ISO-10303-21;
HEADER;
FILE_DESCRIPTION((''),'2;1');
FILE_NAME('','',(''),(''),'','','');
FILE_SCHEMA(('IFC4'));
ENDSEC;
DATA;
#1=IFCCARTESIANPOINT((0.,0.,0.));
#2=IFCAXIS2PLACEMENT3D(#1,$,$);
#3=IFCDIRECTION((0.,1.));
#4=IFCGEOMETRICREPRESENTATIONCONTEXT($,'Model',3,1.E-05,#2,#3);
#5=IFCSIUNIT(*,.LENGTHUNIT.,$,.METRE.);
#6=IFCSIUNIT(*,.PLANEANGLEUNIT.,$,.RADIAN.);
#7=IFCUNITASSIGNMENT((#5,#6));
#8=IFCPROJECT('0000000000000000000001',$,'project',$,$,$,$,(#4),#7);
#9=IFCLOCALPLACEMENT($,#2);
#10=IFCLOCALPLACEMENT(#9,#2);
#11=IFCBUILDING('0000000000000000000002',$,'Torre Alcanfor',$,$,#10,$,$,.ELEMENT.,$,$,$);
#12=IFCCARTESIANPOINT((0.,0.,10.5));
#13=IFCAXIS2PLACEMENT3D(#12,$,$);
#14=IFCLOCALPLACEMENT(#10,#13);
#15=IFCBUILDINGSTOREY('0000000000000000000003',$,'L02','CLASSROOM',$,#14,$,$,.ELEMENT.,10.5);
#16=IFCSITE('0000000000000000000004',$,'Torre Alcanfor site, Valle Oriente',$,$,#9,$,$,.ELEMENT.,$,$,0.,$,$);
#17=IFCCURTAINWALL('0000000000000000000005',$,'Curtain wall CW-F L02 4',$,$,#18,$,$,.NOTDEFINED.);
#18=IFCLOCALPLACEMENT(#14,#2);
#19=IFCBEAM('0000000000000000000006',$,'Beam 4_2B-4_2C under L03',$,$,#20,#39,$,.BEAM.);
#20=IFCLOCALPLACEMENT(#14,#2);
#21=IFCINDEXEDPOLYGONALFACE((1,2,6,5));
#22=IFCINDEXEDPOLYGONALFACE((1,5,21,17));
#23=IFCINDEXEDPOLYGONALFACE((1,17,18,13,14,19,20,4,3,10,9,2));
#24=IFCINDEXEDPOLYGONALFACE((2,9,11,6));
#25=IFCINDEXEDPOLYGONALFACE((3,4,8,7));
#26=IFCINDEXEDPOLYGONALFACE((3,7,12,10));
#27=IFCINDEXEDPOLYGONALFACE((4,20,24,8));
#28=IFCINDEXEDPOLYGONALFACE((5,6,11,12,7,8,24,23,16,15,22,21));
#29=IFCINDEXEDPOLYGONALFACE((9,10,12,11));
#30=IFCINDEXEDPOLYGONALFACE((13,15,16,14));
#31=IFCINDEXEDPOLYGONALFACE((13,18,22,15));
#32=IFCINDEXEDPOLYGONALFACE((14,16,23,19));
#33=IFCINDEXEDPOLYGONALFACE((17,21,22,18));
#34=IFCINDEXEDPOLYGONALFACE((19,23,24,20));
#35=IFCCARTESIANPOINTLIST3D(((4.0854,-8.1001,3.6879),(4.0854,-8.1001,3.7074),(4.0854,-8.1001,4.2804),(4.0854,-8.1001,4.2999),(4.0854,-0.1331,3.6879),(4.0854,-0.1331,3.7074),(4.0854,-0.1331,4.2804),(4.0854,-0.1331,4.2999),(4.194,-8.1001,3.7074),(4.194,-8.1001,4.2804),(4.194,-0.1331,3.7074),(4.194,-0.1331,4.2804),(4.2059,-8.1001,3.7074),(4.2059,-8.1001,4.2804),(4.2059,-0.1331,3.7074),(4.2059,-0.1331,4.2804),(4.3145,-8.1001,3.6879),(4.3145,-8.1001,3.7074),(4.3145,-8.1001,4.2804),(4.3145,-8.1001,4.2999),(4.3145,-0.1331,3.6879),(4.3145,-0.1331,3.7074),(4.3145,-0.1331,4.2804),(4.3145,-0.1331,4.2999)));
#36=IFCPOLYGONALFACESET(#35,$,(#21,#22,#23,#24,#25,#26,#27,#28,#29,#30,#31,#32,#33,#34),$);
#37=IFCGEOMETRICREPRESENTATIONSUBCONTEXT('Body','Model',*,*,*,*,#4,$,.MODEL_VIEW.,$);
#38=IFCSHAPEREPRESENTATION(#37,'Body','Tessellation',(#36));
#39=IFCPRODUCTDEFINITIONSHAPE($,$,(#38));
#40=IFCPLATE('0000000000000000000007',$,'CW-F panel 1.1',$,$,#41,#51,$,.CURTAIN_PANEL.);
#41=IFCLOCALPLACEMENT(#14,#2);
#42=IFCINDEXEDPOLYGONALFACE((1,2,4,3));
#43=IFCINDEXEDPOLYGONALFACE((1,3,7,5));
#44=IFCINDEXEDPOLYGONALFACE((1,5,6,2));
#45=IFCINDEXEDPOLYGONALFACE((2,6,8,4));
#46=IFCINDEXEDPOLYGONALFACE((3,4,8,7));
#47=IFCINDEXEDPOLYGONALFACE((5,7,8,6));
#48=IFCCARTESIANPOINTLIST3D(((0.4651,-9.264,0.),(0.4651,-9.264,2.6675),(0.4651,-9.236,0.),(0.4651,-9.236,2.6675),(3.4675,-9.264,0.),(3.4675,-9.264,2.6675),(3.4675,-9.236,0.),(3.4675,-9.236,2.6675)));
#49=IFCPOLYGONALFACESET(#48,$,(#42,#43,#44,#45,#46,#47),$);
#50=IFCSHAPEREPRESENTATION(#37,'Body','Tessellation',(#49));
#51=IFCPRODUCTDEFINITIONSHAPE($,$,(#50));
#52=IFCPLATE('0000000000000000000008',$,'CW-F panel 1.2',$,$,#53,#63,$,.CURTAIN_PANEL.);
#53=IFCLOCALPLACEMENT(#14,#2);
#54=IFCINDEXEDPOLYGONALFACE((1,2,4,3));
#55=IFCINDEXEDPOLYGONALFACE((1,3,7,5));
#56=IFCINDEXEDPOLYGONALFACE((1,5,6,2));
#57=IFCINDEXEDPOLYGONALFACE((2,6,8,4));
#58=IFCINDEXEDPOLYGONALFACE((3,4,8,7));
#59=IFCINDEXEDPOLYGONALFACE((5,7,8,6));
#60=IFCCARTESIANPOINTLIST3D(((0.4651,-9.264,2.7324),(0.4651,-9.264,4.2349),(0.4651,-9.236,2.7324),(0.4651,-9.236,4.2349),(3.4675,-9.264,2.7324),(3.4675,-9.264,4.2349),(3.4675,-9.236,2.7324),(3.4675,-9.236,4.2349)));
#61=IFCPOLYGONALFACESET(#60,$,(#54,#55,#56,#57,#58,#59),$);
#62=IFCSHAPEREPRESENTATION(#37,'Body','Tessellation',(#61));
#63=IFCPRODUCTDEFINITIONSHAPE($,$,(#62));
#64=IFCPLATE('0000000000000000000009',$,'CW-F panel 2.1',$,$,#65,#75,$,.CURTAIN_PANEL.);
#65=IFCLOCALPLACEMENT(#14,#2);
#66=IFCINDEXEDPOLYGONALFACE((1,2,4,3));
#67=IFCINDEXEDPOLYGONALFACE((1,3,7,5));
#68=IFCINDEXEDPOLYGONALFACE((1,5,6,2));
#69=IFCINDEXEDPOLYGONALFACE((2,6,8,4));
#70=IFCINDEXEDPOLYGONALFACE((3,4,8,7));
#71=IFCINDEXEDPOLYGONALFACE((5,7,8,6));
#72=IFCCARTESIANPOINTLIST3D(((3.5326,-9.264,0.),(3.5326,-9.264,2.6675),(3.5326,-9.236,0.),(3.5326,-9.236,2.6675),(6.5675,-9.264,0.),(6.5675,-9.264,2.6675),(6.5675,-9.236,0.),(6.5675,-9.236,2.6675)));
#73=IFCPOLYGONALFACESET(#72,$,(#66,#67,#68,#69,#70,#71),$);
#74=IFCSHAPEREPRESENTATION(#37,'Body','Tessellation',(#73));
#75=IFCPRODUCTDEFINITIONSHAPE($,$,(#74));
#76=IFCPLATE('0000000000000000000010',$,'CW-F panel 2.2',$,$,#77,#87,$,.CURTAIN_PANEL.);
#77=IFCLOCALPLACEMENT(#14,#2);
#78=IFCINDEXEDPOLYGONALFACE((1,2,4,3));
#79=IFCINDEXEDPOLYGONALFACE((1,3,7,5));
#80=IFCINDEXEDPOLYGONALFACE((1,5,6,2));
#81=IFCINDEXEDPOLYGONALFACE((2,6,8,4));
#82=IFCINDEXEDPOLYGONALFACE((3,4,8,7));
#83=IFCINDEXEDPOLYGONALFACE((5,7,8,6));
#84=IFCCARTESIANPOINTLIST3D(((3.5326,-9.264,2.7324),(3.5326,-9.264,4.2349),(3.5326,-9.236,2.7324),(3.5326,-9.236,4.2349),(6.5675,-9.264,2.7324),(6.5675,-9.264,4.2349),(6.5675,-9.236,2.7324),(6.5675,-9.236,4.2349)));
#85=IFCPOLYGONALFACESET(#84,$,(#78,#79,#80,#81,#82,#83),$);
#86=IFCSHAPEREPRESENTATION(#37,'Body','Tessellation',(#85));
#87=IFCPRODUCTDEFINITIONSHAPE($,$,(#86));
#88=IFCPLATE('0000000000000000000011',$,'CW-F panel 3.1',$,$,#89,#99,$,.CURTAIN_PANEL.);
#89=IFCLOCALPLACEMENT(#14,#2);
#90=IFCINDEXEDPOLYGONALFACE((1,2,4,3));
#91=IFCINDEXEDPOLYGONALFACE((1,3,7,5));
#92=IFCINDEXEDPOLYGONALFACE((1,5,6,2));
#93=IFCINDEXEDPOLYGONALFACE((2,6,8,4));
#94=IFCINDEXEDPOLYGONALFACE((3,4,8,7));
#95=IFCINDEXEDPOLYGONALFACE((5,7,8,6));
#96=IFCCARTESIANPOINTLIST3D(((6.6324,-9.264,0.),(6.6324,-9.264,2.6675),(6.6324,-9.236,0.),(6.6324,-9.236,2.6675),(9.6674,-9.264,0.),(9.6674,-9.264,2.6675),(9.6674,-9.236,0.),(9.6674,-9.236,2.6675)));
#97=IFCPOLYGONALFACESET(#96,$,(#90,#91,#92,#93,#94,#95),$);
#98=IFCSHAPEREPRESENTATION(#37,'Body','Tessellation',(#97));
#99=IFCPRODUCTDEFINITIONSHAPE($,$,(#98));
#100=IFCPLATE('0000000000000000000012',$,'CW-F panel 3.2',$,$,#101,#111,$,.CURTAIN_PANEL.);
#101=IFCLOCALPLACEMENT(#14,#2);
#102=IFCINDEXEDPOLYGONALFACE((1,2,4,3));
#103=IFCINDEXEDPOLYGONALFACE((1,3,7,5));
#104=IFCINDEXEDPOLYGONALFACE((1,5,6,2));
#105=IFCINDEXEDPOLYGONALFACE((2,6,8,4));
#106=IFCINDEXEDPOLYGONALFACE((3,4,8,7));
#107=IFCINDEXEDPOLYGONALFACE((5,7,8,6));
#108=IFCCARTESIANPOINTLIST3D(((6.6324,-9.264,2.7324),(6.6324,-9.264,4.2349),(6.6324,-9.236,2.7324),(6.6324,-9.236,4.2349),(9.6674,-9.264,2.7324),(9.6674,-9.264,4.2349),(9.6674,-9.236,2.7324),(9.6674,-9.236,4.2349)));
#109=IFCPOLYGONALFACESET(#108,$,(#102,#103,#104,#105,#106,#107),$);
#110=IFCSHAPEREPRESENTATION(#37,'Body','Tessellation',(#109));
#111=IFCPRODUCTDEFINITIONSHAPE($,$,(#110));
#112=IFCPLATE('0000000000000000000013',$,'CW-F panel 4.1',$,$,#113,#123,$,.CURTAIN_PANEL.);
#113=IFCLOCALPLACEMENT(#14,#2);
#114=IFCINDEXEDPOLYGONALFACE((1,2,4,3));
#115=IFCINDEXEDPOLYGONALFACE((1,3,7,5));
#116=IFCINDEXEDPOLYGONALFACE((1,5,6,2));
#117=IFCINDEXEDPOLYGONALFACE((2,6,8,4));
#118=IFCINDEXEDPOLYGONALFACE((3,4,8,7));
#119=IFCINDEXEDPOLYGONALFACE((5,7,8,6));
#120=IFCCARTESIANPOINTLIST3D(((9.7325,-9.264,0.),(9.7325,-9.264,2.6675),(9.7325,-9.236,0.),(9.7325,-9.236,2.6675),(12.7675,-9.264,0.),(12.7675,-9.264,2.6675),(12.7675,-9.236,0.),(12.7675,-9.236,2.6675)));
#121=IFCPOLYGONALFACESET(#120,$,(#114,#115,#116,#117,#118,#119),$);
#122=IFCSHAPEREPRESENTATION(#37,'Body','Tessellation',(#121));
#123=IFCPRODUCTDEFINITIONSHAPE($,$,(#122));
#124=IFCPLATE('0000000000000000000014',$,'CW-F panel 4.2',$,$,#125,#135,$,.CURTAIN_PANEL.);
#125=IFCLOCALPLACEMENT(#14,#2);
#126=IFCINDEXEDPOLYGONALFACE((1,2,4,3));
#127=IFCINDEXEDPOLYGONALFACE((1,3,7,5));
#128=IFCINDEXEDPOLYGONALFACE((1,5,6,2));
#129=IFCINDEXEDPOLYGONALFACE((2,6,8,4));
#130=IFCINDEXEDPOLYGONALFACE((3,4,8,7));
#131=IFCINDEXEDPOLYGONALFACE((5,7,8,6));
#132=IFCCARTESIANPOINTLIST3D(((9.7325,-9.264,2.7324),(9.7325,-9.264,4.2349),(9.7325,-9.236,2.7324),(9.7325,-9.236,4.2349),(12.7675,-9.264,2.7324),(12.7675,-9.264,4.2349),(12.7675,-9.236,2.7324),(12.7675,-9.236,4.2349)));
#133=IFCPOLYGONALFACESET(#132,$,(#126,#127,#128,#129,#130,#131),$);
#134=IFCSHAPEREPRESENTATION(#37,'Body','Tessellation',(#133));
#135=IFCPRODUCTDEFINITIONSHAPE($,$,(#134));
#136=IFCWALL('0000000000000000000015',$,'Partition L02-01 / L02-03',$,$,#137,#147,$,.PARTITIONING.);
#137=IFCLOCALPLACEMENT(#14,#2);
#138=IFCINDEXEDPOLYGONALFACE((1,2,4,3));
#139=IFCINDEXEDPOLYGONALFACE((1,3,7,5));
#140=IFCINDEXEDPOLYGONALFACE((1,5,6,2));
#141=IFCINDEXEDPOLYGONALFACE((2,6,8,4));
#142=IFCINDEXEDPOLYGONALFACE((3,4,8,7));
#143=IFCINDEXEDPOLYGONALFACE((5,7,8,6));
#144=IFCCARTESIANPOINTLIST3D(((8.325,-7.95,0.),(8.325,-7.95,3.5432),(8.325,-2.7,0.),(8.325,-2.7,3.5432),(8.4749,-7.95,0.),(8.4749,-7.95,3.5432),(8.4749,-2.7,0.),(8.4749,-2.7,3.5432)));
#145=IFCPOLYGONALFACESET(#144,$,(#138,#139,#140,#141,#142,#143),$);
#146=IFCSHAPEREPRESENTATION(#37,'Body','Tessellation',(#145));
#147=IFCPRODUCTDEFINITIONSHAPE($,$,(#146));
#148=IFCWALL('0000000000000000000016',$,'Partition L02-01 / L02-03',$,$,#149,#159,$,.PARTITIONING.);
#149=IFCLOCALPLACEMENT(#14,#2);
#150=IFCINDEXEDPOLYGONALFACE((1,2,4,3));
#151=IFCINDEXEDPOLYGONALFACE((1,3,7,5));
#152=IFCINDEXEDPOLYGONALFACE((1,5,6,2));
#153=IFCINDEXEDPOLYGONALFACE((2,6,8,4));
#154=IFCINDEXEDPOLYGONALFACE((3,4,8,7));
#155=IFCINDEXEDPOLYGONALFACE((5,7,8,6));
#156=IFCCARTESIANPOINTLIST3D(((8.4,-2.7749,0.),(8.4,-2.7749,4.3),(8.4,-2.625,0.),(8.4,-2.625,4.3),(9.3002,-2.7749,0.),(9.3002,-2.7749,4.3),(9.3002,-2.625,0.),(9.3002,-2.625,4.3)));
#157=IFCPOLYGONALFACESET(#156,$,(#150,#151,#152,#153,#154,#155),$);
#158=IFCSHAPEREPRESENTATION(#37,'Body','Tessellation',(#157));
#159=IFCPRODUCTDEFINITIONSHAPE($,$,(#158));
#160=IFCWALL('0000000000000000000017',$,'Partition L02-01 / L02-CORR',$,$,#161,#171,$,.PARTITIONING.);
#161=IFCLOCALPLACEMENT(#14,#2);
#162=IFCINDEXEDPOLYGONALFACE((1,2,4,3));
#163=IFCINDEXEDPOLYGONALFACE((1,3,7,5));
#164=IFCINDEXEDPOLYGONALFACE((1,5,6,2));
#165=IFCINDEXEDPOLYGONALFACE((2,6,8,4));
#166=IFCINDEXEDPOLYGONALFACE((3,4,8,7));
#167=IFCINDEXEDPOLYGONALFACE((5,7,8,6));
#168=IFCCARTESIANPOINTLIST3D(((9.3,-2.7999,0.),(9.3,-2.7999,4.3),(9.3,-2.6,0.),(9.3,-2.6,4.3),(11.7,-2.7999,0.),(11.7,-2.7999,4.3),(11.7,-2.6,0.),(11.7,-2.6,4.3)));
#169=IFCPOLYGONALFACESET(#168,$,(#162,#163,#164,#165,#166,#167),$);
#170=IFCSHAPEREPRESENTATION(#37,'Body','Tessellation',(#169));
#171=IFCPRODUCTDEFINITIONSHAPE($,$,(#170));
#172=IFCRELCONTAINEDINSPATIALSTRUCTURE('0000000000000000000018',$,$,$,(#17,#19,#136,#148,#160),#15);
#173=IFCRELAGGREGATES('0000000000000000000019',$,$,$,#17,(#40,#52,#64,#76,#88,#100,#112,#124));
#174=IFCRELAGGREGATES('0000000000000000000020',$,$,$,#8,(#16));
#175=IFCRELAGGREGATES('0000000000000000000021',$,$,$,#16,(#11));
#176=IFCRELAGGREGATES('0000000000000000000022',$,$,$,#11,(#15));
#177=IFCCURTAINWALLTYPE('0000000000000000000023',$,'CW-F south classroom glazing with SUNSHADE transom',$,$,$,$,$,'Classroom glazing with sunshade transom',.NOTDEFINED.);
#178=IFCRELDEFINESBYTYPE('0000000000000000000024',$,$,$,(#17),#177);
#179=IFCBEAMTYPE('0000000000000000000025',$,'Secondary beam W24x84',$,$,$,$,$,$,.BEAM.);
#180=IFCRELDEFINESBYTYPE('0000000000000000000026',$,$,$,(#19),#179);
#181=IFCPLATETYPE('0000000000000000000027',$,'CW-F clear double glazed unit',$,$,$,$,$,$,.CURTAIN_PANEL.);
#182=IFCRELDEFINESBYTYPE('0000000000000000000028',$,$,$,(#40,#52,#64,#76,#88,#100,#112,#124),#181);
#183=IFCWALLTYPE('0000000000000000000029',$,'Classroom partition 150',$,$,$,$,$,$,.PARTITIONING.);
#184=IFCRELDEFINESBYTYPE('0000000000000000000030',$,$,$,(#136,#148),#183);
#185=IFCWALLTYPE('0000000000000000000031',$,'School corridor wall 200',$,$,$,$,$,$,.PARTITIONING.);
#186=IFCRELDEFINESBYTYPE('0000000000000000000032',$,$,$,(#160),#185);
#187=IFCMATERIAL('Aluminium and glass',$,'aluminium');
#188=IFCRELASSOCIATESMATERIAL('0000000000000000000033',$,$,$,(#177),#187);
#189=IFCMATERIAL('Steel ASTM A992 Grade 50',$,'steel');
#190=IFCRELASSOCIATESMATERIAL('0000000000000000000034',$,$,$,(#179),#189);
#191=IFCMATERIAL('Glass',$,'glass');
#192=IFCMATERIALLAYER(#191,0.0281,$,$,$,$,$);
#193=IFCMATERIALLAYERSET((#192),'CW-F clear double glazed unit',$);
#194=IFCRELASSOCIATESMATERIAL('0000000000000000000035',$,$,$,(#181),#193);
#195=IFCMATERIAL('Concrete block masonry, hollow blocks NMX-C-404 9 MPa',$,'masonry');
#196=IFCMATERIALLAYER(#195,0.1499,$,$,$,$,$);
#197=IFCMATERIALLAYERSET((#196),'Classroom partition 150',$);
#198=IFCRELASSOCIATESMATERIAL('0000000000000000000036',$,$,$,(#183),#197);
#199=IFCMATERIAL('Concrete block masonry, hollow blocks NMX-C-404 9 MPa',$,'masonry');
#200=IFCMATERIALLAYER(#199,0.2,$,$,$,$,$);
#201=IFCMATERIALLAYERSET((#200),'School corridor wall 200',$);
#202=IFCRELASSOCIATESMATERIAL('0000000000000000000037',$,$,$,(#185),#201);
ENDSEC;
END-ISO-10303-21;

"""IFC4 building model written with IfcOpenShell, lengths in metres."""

from ifc_helpers import new_model, si_unit, direction, frame, frame_2d, origin, origin_2d, place, context, subcontext, project, spatial, rectangle, i_section, extrude, material, layer, layer_set, material_profile, profile_set, type_object, element, aggregate, save


model = new_model("IFC4")

# Units and contexts
model_context = context("Model", 3, precision=1e-05, world=origin(), true_north=direction((0.0, 1.0)))
body_context = subcontext(model_context, "Body", "Model", "MODEL_VIEW")
ifc_project = project(units=[si_unit("LENGTHUNIT", "METRE"), si_unit("PLANEANGLEUNIT", "RADIAN")], contexts=[model_context])

# Site, building, storey
site_placement = place(None, origin())
site = spatial("IfcSite", under=ifc_project, at=site_placement, Name="Torre Alcanfor site, Valle Oriente", CompositionType="ELEMENT", RefElevation=0.0)
building_placement = place(site_placement, origin())
building = spatial("IfcBuilding", under=site, at=building_placement, Name="Torre Alcanfor", CompositionType="ELEMENT")
storey_placement = place(building_placement, frame((0.0, 0.0, 10.5)))
storey = spatial("IfcBuildingStorey", under=building, at=storey_placement, Name="L02", Description="CLASSROOM", CompositionType="ELEMENT", Elevation=10.5)

# Curtain wall
ifc_material_1 = material(Name="Aluminium and glass", Category="aluminium")
curtain_wall_type = type_object("IfcCurtainWallType", Name="CW-F south classroom glazing with SUNSHADE transom", ElementType="Classroom glazing with sunshade transom", PredefinedType="NOTDEFINED", material=ifc_material_1)
curtain_wall_placement = place(storey_placement, origin())
curtain_wall = element("IfcCurtainWall", 1, at=curtain_wall_placement, inside=storey, type_object=curtain_wall_type, Name="Curtain wall CW-F L02 4", PredefinedType="NOTDEFINED")

# Beam
ifc_material_2 = material(Name="Steel ASTM A992 Grade 50", Category="steel")
ifc_material_profile_1 = material_profile(ifc_material_2, i_section(OverallWidth=0.229, OverallDepth=0.6121, WebThickness=0.012, FlangeThickness=0.0195, at=origin_2d()), Name="W24x84")
ifc_profile_set_1 = profile_set([ifc_material_profile_1], Name="Steel ASTM A992 Grade 50")
beam_type_1 = type_object("IfcBeamType", Name="Secondary beam W24x84", PredefinedType="BEAM", material=ifc_profile_set_1)
beam_1_placement = place(storey_placement, frame((4.2, -8.1001, 3.9939), z_axis=(0.0, 1.0, 0.0), x_axis=(-1.0, 0.0, 0.0)))
element("IfcBeam", 2, at=beam_1_placement, inside=storey, type_object=beam_type_1, Name="Beam 4_2B-4_2C under L03", PredefinedType="BEAM", context=body_context, shape_type="SweptSolid", body=[
    extrude(i_section(OverallWidth=0.229, OverallDepth=0.6121, WebThickness=0.012, FlangeThickness=0.0195, at=origin_2d()), origin(), (0.0, 0.0, 1.0), 7.967),
])

# Plates
ifc_material_3 = material(Name="Glass", Category="glass")
ifc_layer_1 = layer(ifc_material_3, 0.0281)
ifc_layer_set_1 = layer_set([ifc_layer_1], Name="CW-F clear double glazed unit")
plate_type = type_object("IfcPlateType", Name="CW-F clear double glazed unit", PredefinedType="CURTAIN_PANEL", material=ifc_layer_set_1)
plate_1_placement = place(storey_placement, frame((1.9663, -9.25, 0.0), z_axis=(0.0, 0.0, 1.0), x_axis=(1.0, 0.0, 0.0)))
plate_1 = element("IfcPlate", 3, at=plate_1_placement, type_object=plate_type, Name="CW-F panel 1.1", PredefinedType="CURTAIN_PANEL", context=body_context, shape_type="SweptSolid", body=[
    extrude(rectangle(XDim=3.0024, YDim=0.0281, at=origin_2d()), origin(), (0.0, 0.0, 1.0), 2.6675),
])
plate_2_placement = place(storey_placement, frame((1.9663, -9.25, 2.7324), z_axis=(0.0, 0.0, 1.0), x_axis=(1.0, 0.0, 0.0)))
plate_2 = element("IfcPlate", 4, at=plate_2_placement, type_object=plate_type, Name="CW-F panel 1.2", PredefinedType="CURTAIN_PANEL", context=body_context, shape_type="SweptSolid", body=[
    extrude(rectangle(XDim=3.0024, YDim=0.0281, at=origin_2d()), origin(), (0.0, 0.0, 1.0), 1.5024),
])
plate_3_placement = place(storey_placement, frame((5.05, -9.25, 0.0), z_axis=(0.0, 0.0, 1.0), x_axis=(1.0, 0.0, 0.0)))
plate_3 = element("IfcPlate", 5, at=plate_3_placement, type_object=plate_type, Name="CW-F panel 2.1", PredefinedType="CURTAIN_PANEL", context=body_context, shape_type="SweptSolid", body=[
    extrude(rectangle(XDim=3.0349, YDim=0.0281, at=origin_2d()), origin(), (0.0, 0.0, 1.0), 2.6675),
])
plate_4_placement = place(storey_placement, frame((5.05, -9.25, 2.7324), z_axis=(0.0, 0.0, 1.0), x_axis=(1.0, 0.0, 0.0)))
plate_4 = element("IfcPlate", 6, at=plate_4_placement, type_object=plate_type, Name="CW-F panel 2.2", PredefinedType="CURTAIN_PANEL", context=body_context, shape_type="SweptSolid", body=[
    extrude(rectangle(XDim=3.0349, YDim=0.0281, at=origin_2d()), origin(), (0.0, 0.0, 1.0), 1.5024),
])
plate_5_placement = place(storey_placement, frame((8.1499, -9.25, 0.0), z_axis=(0.0, 0.0, 1.0), x_axis=(1.0, 0.0, 0.0)))
plate_5 = element("IfcPlate", 7, at=plate_5_placement, type_object=plate_type, Name="CW-F panel 3.1", PredefinedType="CURTAIN_PANEL", context=body_context, shape_type="SweptSolid", body=[
    extrude(rectangle(XDim=3.0349, YDim=0.0281, at=origin_2d()), origin(), (0.0, 0.0, 1.0), 2.6675),
])
plate_6_placement = place(storey_placement, frame((8.1499, -9.25, 2.7324), z_axis=(0.0, 0.0, 1.0), x_axis=(1.0, 0.0, 0.0)))
plate_6 = element("IfcPlate", 8, at=plate_6_placement, type_object=plate_type, Name="CW-F panel 3.2", PredefinedType="CURTAIN_PANEL", context=body_context, shape_type="SweptSolid", body=[
    extrude(rectangle(XDim=3.0349, YDim=0.0281, at=origin_2d()), origin(), (0.0, 0.0, 1.0), 1.5024),
])
plate_7_placement = place(storey_placement, frame((11.25, -9.25, 0.0), z_axis=(0.0, 0.0, 1.0), x_axis=(1.0, 0.0, 0.0)))
plate_7 = element("IfcPlate", 9, at=plate_7_placement, type_object=plate_type, Name="CW-F panel 4.1", PredefinedType="CURTAIN_PANEL", context=body_context, shape_type="SweptSolid", body=[
    extrude(rectangle(XDim=3.0349, YDim=0.0281, at=origin_2d()), origin(), (0.0, 0.0, 1.0), 2.6675),
])
plate_8_placement = place(storey_placement, frame((11.25, -9.25, 2.7324), z_axis=(0.0, 0.0, 1.0), x_axis=(1.0, 0.0, 0.0)))
plate_8 = element("IfcPlate", 10, at=plate_8_placement, type_object=plate_type, Name="CW-F panel 4.2", PredefinedType="CURTAIN_PANEL", context=body_context, shape_type="SweptSolid", body=[
    extrude(rectangle(XDim=3.0349, YDim=0.0281, at=origin_2d()), origin(), (0.0, 0.0, 1.0), 1.5024),
])
aggregate(curtain_wall, [plate_1, plate_2, plate_3, plate_4, plate_5, plate_6, plate_7, plate_8])

# Walls
ifc_material_4 = material(Name="Concrete block masonry, hollow blocks NMX-C-404 9 MPa", Category="masonry")
ifc_layer_2 = layer(ifc_material_4, 0.1499)
ifc_layer_set_2 = layer_set([ifc_layer_2], Name="Classroom partition 150")
wall_type_1 = type_object("IfcWallType", Name="Classroom partition 150", PredefinedType="PARTITIONING", material=ifc_layer_set_2)
wall_1_placement = place(storey_placement, frame((8.3999, -7.95, 0.0), z_axis=(0.0, 0.0, 1.0), x_axis=(0.0, 1.0, 0.0)))
element("IfcWall", 11, at=wall_1_placement, inside=storey, type_object=wall_type_1, Name="Partition L02-01 / L02-03", PredefinedType="PARTITIONING", context=body_context, shape_type="SweptSolid", body=[
    extrude(rectangle(XDim=5.25, YDim=0.1499, at=frame_2d((2.625, 0.0))), origin(), (0.0, 0.0, 1.0), 3.5432),
])
wall_2_placement = place(storey_placement, frame((8.3999, -2.7, 0.0), z_axis=(0.0, 0.0, 1.0), x_axis=(1.0, 0.0, 0.0)))
element("IfcWall", 12, at=wall_2_placement, inside=storey, type_object=wall_type_1, Name="Partition L02-01 / L02-03", PredefinedType="PARTITIONING", context=body_context, shape_type="SweptSolid", body=[
    extrude(rectangle(XDim=0.9001, YDim=0.1499, at=frame_2d((0.4502, 0.0))), origin(), (0.0, 0.0, 1.0), 4.3),
])
ifc_material_5 = material(Name="Concrete block masonry, hollow blocks NMX-C-404 9 MPa", Category="masonry")
ifc_layer_3 = layer(ifc_material_5, 0.2)
ifc_layer_set_3 = layer_set([ifc_layer_3], Name="School corridor wall 200")
wall_type_2 = type_object("IfcWallType", Name="School corridor wall 200", PredefinedType="PARTITIONING", material=ifc_layer_set_3)
wall_3_placement = place(storey_placement, frame((9.3, -2.7, 0.0), z_axis=(0.0, 0.0, 1.0), x_axis=(1.0, 0.0, 0.0)))
element("IfcWall", 13, at=wall_3_placement, inside=storey, type_object=wall_type_2, Name="Partition L02-01 / L02-CORR", PredefinedType="PARTITIONING", context=body_context, shape_type="SweptSolid", body=[
    extrude(rectangle(XDim=2.3999, YDim=0.2, at=frame_2d((1.2, 0.0))), origin(), (0.0, 0.0, 1.0), 4.3),
])

save(model, "model.ifc")
